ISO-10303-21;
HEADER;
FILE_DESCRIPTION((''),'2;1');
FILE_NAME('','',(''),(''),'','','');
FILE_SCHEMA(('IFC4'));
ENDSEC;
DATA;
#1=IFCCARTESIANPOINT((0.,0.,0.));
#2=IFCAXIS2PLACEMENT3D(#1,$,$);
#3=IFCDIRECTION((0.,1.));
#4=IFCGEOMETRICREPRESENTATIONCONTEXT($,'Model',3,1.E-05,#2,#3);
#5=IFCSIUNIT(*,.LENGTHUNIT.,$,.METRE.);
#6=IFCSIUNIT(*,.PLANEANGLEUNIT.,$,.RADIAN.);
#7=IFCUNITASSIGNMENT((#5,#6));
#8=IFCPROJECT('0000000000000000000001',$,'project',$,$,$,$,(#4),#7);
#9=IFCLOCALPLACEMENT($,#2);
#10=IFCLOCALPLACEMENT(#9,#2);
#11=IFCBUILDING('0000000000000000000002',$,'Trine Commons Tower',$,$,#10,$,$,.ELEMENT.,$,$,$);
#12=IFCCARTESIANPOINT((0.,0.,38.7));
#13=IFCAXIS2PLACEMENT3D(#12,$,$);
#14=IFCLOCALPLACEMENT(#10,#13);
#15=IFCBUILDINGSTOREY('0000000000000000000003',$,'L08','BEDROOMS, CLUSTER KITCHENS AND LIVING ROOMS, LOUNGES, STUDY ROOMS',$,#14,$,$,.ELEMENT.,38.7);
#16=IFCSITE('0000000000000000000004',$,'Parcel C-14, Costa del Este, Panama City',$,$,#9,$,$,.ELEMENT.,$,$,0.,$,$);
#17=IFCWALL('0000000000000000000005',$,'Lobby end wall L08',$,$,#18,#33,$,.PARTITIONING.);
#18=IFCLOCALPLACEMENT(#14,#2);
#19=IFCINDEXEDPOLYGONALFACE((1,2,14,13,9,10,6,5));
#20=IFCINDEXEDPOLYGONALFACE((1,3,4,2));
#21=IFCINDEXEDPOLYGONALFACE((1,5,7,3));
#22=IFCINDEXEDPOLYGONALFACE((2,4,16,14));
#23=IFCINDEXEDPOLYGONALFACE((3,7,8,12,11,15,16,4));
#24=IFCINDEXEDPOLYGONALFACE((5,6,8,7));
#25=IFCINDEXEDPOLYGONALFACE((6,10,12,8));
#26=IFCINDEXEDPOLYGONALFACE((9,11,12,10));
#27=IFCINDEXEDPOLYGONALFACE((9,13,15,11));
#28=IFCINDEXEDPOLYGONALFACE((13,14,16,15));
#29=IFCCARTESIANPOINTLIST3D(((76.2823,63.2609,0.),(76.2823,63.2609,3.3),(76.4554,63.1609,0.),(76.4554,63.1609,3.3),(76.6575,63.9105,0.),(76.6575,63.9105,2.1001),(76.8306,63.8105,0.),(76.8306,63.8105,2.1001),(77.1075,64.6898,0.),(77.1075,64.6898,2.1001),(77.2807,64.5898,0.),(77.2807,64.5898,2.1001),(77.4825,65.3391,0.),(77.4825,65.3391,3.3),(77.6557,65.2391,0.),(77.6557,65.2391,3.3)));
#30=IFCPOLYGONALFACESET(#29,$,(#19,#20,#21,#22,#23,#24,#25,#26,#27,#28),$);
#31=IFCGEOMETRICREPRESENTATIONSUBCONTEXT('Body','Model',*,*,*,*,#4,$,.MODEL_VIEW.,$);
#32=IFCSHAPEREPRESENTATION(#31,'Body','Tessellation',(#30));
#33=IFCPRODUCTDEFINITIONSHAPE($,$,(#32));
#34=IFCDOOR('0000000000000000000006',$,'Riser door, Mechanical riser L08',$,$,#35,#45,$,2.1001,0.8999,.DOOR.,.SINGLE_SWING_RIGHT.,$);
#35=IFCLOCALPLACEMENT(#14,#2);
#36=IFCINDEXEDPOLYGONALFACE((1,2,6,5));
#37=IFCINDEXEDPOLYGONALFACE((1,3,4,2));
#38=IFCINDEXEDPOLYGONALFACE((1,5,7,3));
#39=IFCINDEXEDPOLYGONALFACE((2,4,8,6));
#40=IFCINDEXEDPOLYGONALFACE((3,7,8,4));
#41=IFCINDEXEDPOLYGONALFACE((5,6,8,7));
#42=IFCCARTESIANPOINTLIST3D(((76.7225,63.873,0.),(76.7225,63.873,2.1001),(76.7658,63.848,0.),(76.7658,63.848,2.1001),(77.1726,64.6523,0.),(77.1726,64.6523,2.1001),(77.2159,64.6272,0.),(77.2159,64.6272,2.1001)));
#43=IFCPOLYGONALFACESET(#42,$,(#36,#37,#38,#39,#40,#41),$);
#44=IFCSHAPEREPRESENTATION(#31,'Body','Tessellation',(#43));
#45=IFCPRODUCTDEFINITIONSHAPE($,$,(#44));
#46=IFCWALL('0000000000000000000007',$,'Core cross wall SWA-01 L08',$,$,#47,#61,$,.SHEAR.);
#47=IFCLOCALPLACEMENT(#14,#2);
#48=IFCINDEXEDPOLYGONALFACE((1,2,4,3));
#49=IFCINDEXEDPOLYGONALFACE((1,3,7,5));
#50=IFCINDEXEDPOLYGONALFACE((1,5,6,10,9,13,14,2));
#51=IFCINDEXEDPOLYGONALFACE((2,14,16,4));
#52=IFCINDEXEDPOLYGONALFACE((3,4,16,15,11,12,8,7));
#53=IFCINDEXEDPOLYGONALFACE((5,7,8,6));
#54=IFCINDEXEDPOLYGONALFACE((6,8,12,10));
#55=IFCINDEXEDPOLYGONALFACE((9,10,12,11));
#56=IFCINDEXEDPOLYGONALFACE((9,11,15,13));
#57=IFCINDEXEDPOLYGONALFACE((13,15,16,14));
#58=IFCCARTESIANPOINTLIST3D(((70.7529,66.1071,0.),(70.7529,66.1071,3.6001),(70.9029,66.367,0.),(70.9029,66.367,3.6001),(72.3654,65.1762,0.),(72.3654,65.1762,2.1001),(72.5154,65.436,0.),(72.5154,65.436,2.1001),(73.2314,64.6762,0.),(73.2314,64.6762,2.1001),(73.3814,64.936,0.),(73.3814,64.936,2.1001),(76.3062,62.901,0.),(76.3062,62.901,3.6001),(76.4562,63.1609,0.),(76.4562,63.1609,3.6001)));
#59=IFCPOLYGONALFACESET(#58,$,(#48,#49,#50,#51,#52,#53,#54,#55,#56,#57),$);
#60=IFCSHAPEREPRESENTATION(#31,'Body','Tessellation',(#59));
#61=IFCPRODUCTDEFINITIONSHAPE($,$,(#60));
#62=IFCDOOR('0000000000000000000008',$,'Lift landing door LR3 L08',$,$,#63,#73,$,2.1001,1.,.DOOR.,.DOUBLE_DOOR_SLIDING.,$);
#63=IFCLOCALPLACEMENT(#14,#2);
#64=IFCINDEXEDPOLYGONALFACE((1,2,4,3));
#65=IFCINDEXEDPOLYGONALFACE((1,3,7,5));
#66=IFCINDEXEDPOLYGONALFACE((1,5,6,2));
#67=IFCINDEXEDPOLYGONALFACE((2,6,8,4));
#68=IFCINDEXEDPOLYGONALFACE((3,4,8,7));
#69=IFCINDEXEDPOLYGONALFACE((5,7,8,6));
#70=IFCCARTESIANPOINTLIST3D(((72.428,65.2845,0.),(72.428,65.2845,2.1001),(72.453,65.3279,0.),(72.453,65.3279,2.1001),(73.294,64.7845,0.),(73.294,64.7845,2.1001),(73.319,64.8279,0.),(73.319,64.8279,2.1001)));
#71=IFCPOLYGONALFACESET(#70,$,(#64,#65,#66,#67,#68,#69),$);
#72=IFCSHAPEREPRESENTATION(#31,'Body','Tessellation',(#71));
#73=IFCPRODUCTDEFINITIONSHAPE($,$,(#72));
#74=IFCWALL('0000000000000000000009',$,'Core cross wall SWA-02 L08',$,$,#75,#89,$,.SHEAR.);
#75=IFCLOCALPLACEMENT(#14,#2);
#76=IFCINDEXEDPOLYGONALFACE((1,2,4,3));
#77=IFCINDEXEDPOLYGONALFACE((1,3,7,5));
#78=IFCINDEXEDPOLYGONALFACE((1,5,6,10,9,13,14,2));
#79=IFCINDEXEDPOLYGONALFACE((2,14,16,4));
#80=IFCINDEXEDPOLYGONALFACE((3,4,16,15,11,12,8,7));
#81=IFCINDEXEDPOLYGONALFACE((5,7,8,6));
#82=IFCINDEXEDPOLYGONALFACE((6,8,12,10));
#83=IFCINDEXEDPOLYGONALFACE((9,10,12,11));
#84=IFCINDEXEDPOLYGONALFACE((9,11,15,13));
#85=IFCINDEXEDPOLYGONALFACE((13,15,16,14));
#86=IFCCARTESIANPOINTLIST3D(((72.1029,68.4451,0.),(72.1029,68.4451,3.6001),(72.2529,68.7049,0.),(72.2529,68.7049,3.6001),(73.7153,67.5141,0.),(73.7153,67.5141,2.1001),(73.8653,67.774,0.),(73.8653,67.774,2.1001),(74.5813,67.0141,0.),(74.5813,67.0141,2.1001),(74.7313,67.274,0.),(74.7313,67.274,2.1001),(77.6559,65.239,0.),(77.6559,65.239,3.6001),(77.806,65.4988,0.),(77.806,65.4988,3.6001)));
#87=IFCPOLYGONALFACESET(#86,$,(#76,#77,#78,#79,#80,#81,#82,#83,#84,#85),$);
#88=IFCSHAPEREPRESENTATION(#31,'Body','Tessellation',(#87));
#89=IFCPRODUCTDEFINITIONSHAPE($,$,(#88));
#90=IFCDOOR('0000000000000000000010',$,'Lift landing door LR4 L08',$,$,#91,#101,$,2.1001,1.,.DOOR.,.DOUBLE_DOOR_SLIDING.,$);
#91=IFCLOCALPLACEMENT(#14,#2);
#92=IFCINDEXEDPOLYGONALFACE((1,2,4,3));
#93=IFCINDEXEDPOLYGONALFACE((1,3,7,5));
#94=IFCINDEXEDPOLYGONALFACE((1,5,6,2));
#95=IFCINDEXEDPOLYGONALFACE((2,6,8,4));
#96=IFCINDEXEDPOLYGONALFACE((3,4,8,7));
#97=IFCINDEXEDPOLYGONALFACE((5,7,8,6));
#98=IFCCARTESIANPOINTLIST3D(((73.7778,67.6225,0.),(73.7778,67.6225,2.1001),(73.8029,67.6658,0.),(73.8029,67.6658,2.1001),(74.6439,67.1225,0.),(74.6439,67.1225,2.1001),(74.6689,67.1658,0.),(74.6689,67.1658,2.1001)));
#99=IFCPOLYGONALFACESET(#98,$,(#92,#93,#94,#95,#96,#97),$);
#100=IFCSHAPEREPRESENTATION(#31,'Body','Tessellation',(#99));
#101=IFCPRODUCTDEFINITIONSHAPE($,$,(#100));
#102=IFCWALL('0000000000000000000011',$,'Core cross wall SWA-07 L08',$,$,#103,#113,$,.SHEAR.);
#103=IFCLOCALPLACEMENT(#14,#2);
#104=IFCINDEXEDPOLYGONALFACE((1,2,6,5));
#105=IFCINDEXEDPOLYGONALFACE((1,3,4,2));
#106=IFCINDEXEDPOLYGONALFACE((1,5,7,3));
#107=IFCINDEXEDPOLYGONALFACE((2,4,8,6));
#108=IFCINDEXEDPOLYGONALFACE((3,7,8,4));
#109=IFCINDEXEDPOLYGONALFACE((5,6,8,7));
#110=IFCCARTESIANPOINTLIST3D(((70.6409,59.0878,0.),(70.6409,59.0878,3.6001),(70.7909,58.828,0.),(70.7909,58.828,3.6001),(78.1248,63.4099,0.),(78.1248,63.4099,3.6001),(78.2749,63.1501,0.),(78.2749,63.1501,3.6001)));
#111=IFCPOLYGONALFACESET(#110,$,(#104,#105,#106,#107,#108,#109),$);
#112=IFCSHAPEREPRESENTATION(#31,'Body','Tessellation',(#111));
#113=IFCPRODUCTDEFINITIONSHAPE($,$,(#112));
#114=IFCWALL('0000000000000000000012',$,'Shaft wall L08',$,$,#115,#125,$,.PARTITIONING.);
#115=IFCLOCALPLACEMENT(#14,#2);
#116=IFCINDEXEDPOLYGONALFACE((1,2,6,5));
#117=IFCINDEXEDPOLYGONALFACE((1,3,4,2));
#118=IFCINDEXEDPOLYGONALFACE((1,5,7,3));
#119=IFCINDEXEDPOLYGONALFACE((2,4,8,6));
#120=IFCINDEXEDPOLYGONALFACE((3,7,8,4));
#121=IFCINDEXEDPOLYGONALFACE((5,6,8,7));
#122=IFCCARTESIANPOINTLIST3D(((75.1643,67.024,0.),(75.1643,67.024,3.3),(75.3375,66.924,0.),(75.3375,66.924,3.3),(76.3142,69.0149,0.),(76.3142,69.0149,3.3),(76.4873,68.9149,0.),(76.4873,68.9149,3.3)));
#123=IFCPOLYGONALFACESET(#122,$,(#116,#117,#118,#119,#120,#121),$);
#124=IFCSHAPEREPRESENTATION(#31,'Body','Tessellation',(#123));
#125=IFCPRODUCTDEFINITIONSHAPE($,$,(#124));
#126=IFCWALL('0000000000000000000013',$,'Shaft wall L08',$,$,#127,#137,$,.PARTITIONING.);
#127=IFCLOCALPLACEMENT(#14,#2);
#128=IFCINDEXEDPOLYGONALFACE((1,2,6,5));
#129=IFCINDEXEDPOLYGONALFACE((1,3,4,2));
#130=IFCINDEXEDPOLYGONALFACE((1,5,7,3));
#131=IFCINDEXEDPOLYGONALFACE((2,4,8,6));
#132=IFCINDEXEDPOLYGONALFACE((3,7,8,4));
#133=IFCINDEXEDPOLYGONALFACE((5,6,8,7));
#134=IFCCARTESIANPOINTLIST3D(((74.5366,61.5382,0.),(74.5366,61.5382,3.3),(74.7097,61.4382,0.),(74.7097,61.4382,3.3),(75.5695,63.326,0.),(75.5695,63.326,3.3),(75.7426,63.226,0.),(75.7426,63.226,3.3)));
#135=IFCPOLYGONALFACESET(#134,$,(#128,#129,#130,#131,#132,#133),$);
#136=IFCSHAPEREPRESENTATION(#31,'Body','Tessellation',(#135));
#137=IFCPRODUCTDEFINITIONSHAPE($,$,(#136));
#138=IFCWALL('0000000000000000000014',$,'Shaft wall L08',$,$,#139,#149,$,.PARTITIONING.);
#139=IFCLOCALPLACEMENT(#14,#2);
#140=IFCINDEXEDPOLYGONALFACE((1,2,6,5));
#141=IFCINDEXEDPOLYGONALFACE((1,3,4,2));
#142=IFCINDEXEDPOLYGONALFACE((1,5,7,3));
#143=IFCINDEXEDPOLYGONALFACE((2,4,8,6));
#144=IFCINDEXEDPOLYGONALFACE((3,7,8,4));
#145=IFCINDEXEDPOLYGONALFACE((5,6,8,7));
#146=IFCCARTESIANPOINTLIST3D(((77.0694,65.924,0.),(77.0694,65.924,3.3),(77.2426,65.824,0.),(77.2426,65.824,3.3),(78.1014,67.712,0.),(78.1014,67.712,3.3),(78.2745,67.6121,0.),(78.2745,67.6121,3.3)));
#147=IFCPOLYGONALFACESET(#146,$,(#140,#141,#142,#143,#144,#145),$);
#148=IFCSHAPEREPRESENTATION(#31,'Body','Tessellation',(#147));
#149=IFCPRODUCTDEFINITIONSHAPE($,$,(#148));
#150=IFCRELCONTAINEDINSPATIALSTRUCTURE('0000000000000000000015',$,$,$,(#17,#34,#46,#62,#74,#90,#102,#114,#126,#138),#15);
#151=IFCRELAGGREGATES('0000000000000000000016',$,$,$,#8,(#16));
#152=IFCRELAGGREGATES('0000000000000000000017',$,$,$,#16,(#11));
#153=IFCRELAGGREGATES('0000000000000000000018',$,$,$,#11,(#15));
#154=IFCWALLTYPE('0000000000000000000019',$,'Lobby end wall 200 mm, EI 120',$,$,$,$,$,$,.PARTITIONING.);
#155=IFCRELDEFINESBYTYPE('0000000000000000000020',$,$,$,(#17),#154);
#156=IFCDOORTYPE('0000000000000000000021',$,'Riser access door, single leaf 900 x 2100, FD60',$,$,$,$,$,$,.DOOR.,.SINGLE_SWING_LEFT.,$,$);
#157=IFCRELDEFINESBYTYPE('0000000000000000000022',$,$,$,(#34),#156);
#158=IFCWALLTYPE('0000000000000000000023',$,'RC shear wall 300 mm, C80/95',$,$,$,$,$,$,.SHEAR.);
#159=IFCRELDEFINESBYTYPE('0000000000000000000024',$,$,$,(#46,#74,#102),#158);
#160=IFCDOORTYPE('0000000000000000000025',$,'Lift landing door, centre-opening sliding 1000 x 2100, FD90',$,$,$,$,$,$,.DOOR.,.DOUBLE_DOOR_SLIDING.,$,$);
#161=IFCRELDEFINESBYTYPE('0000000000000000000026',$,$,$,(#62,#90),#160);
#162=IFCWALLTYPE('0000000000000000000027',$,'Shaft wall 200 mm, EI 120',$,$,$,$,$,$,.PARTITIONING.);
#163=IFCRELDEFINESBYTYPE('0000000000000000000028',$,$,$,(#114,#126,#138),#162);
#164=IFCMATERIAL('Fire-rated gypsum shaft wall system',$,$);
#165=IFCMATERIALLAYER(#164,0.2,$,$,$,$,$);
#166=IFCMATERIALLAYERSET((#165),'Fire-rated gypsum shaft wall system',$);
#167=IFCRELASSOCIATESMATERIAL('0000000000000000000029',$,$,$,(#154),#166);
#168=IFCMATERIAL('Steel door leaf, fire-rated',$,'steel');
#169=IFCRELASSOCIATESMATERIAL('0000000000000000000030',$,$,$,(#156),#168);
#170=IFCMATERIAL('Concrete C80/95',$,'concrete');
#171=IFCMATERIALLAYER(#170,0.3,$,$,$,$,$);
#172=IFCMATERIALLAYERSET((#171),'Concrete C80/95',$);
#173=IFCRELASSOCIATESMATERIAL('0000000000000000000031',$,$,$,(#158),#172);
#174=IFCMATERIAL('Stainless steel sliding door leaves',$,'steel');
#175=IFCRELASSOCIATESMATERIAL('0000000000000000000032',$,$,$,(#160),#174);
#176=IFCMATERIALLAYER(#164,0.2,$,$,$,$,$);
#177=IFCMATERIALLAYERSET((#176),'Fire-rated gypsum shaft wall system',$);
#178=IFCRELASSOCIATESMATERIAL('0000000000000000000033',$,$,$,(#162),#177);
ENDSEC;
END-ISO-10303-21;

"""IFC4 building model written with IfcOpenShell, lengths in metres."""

from ifc_helpers import new_model, si_unit, direction, frame, frame_2d, origin, place, context, subcontext, project, spatial, rectangle, extrude, material, layer, layer_set, type_object, element, fill, save


model = new_model("IFC4")

# Units and contexts
model_context = context("Model", 3, precision=1e-05, world=origin(), true_north=direction((0.0, 1.0)))
body_context = subcontext(model_context, "Body", "Model", "MODEL_VIEW")
ifc_project = project(units=[si_unit("LENGTHUNIT", "METRE"), si_unit("PLANEANGLEUNIT", "RADIAN")], contexts=[model_context])

# Site, building, storey
site_placement = place(None, origin())
site = spatial("IfcSite", under=ifc_project, at=site_placement, Name="Parcel C-14, Costa del Este, Panama City", CompositionType="ELEMENT", RefElevation=0.0)
building_placement = place(site_placement, origin())
building = spatial("IfcBuilding", under=site, at=building_placement, Name="Trine Commons Tower", CompositionType="ELEMENT")
storey_placement = place(building_placement, frame((0.0, 0.0, 38.7)))
storey = spatial("IfcBuildingStorey", under=building, at=storey_placement, Name="L08", Description="BEDROOMS, CLUSTER KITCHENS AND LIVING ROOMS, LOUNGES, STUDY ROOMS", CompositionType="ELEMENT", Elevation=38.7)

# Walls, openings, doors
ifc_material_1 = material(Name="Fire-rated gypsum shaft wall system")
ifc_layer_1 = layer(ifc_material_1, 0.2)
ifc_layer_set_1 = layer_set([ifc_layer_1], Name="Fire-rated gypsum shaft wall system")
wall_type_1 = type_object("IfcWallType", Name="Lobby end wall 200 mm, EI 120", PredefinedType="PARTITIONING", material=ifc_layer_set_1)
wall_1_placement = place(storey_placement, frame((77.5691, 65.2891, 0.0), z_axis=(0.0, 0.0, 1.0), x_axis=(-0.500122, -0.865955, 0.0)))
wall_1 = element("IfcWall", 1, at=wall_1_placement, inside=storey, type_object=wall_type_1, Name="Lobby end wall L08", PredefinedType="PARTITIONING", context=body_context, shape_type="SweptSolid", body=[
    extrude(rectangle(XDim=2.3999, YDim=0.2, at=frame_2d((1.2, 0.0))), origin(), (0.0, 0.0, 1.0), 3.3),
])
opening_1_placement = place(wall_1_placement, frame((0.7498, 0.0, 0.0)))
opening_1 = element("IfcOpeningElement", 2, at=opening_1_placement, cuts=wall_1, PredefinedType="OPENING", context=body_context, shape_type="SweptSolid", body=[
    extrude(rectangle(XDim=0.8999, YDim=2.1001, at=frame_2d((0.45, 1.05))), frame((0.0, 0.1099, 0.0), z_axis=(0.0, -1.0, 0.0), x_axis=(1.0, 0.0, 0.0)), (0.0, 0.0, 1.0), 0.22),
])
ifc_material_2 = material(Name="Steel door leaf, fire-rated", Category="steel")
door_type_1 = type_object("IfcDoorType", Name="Riser access door, single leaf 900 x 2100, FD60", OperationType="SINGLE_SWING_LEFT", PredefinedType="DOOR", material=ifc_material_2)
door_1_placement = place(opening_1_placement, frame((0.8999, 0.0, 0.0), z_axis=(0.0, 0.0, 1.0), x_axis=(-1.0, 0.0, 0.0)))
door_1 = element("IfcDoor", 3, at=door_1_placement, inside=storey, type_object=door_type_1, Name="Riser door, Mechanical riser L08", OperationType="SINGLE_SWING_RIGHT", OverallHeight=2.1001, OverallWidth=0.8999, PredefinedType="DOOR", context=body_context, shape_type="SweptSolid", body=[
    extrude(rectangle(XDim=0.8999, YDim=2.1001, at=frame_2d((0.45, 1.05))), frame((0.0, 0.0249, 0.0), z_axis=(0.0, -1.0, 0.0), x_axis=(1.0, 0.0, 0.0)), (0.0, 0.0, 1.0), 0.05),
])
fill(opening_1, door_1)
ifc_material_3 = material(Name="Concrete C80/95", Category="concrete")
ifc_layer_2 = layer(ifc_material_3, 0.3)
ifc_layer_set_2 = layer_set([ifc_layer_2], Name="Concrete C80/95")
wall_type_2 = type_object("IfcWallType", Name="RC shear wall 300 mm, C80/95", PredefinedType="SHEAR", material=ifc_layer_set_2)
wall_2_placement = place(storey_placement, frame((76.3811, 63.031, 0.0), z_axis=(0.0, 0.0, 1.0), x_axis=(-0.866032, 0.499988, 0.0)))
wall_2 = element("IfcWall", 4, at=wall_2_placement, inside=storey, type_object=wall_type_2, Name="Core cross wall SWA-01 L08", PredefinedType="SHEAR", context=body_context, shape_type="SweptSolid", body=[
    extrude(rectangle(XDim=6.4124, YDim=0.3, at=frame_2d((3.2061, 0.0))), origin(), (0.0, 0.0, 1.0), 3.6001),
])
opening_2_placement = place(wall_2_placement, frame((3.5503, 0.0, 0.0)))
opening_2 = element("IfcOpeningElement", 5, at=opening_2_placement, cuts=wall_2, PredefinedType="OPENING", context=body_context, shape_type="SweptSolid", body=[
    extrude(rectangle(XDim=1.0, YDim=2.1001, at=frame_2d((0.5, 1.05))), frame((0.0, 0.1599, 0.0), z_axis=(0.0, -1.0, 0.0), x_axis=(1.0, 0.0, 0.0)), (0.0, 0.0, 1.0), 0.3201),
])
ifc_material_4 = material(Name="Stainless steel sliding door leaves", Category="steel")
door_type_2 = type_object("IfcDoorType", Name="Lift landing door, centre-opening sliding 1000 x 2100, FD90", OperationType="DOUBLE_DOOR_SLIDING", PredefinedType="DOOR", material=ifc_material_4)
door_2_placement = place(opening_2_placement, origin())
door_2 = element("IfcDoor", 6, at=door_2_placement, inside=storey, type_object=door_type_2, Name="Lift landing door LR3 L08", OperationType="DOUBLE_DOOR_SLIDING", OverallHeight=2.1001, OverallWidth=1.0, PredefinedType="DOOR", context=body_context, shape_type="SweptSolid", body=[
    extrude(rectangle(XDim=1.0, YDim=2.1001, at=frame_2d((0.5, 1.05))), frame((0.0, 0.0249, 0.0), z_axis=(0.0, -1.0, 0.0), x_axis=(1.0, 0.0, 0.0)), (0.0, 0.0, 1.0), 0.05),
])
fill(opening_2, door_2)
wall_3_placement = place(storey_placement, frame((77.731, 65.3689, 0.0), z_axis=(0.0, 0.0, 1.0), x_axis=(-0.866023, 0.500005, 0.0)))
wall_3 = element("IfcWall", 7, at=wall_3_placement, inside=storey, type_object=wall_type_2, Name="Core cross wall SWA-02 L08", PredefinedType="SHEAR", context=body_context, shape_type="SweptSolid", body=[
    extrude(rectangle(XDim=6.4121, YDim=0.3, at=frame_2d((3.2061, 0.0))), origin(), (0.0, 0.0, 1.0), 3.6001),
])
opening_3_placement = place(wall_3_placement, frame((3.5503, 0.0, 0.0)))
opening_3 = element("IfcOpeningElement", 8, at=opening_3_placement, cuts=wall_3, PredefinedType="OPENING", context=body_context, shape_type="SweptSolid", body=[
    extrude(rectangle(XDim=1.0, YDim=2.1001, at=frame_2d((0.5, 1.05))), frame((0.0, 0.1599, 0.0), z_axis=(0.0, -1.0, 0.0), x_axis=(1.0, 0.0, 0.0)), (0.0, 0.0, 1.0), 0.3201),
])
door_3_placement = place(opening_3_placement, origin())
door_3 = element("IfcDoor", 9, at=door_3_placement, inside=storey, type_object=door_type_2, Name="Lift landing door LR4 L08", OperationType="DOUBLE_DOOR_SLIDING", OverallHeight=2.1001, OverallWidth=1.0, PredefinedType="DOOR", context=body_context, shape_type="SweptSolid", body=[
    extrude(rectangle(XDim=1.0, YDim=2.1001, at=frame_2d((0.5, 1.05))), frame((0.0, 0.0249, 0.0), z_axis=(0.0, -1.0, 0.0), x_axis=(1.0, 0.0, 0.0)), (0.0, 0.0, 1.0), 0.05),
])
fill(opening_3, door_3)

# Walls
wall_4_placement = place(storey_placement, frame((78.2, 63.28, 0.0), z_axis=(0.0, 0.0, 1.0), x_axis=(-0.865965, -0.500104, 0.0)))
element("IfcWall", 10, at=wall_4_placement, inside=storey, type_object=wall_type_2, Name="Core cross wall SWA-07 L08", PredefinedType="SHEAR", context=body_context, shape_type="SweptSolid", body=[
    extrude(rectangle(XDim=8.6423, YDim=0.3, at=frame_2d((4.3213, 0.0))), origin(), (0.0, 0.0, 1.0), 3.6001),
])
ifc_layer_3 = layer(ifc_material_1, 0.2)
ifc_layer_set_3 = layer_set([ifc_layer_3], Name="Fire-rated gypsum shaft wall system")
wall_type_3 = type_object("IfcWallType", Name="Shaft wall 200 mm, EI 120", PredefinedType="PARTITIONING", material=ifc_layer_set_3)
wall_5_placement = place(storey_placement, frame((75.251, 66.9741, 0.0), z_axis=(0.0, 0.0, 1.0), x_axis=(0.500136, 0.865947, 0.0)))
element("IfcWall", 11, at=wall_5_placement, inside=storey, type_object=wall_type_3, Name="Shaft wall L08", PredefinedType="PARTITIONING", context=body_context, shape_type="SweptSolid", body=[
    extrude(rectangle(XDim=2.2991, YDim=0.2, at=frame_2d((1.1494, 0.0))), origin(), (0.0, 0.0, 1.0), 3.3),
])
wall_6_placement = place(storey_placement, frame((75.656, 63.2759, 0.0), z_axis=(0.0, 0.0, 1.0), x_axis=(-0.500272, -0.865868, 0.0)))
element("IfcWall", 12, at=wall_6_placement, inside=storey, type_object=wall_type_3, Name="Shaft wall L08", PredefinedType="PARTITIONING", context=body_context, shape_type="SweptSolid", body=[
    extrude(rectangle(XDim=2.0647, YDim=0.2, at=frame_2d((1.0322, 0.0))), origin(), (0.0, 0.0, 1.0), 3.3),
])
wall_7_placement = place(storey_placement, frame((77.156, 65.874, 0.0), z_axis=(0.0, 0.0, 1.0), x_axis=(0.499866, 0.866103, 0.0)))
element("IfcWall", 13, at=wall_7_placement, inside=storey, type_object=wall_type_3, Name="Shaft wall L08", PredefinedType="PARTITIONING", context=body_context, shape_type="SweptSolid", body=[
    extrude(rectangle(XDim=2.0645, YDim=0.2, at=frame_2d((1.0322, 0.0))), origin(), (0.0, 0.0, 1.0), 3.3),
])

save(model, "model.ifc")
